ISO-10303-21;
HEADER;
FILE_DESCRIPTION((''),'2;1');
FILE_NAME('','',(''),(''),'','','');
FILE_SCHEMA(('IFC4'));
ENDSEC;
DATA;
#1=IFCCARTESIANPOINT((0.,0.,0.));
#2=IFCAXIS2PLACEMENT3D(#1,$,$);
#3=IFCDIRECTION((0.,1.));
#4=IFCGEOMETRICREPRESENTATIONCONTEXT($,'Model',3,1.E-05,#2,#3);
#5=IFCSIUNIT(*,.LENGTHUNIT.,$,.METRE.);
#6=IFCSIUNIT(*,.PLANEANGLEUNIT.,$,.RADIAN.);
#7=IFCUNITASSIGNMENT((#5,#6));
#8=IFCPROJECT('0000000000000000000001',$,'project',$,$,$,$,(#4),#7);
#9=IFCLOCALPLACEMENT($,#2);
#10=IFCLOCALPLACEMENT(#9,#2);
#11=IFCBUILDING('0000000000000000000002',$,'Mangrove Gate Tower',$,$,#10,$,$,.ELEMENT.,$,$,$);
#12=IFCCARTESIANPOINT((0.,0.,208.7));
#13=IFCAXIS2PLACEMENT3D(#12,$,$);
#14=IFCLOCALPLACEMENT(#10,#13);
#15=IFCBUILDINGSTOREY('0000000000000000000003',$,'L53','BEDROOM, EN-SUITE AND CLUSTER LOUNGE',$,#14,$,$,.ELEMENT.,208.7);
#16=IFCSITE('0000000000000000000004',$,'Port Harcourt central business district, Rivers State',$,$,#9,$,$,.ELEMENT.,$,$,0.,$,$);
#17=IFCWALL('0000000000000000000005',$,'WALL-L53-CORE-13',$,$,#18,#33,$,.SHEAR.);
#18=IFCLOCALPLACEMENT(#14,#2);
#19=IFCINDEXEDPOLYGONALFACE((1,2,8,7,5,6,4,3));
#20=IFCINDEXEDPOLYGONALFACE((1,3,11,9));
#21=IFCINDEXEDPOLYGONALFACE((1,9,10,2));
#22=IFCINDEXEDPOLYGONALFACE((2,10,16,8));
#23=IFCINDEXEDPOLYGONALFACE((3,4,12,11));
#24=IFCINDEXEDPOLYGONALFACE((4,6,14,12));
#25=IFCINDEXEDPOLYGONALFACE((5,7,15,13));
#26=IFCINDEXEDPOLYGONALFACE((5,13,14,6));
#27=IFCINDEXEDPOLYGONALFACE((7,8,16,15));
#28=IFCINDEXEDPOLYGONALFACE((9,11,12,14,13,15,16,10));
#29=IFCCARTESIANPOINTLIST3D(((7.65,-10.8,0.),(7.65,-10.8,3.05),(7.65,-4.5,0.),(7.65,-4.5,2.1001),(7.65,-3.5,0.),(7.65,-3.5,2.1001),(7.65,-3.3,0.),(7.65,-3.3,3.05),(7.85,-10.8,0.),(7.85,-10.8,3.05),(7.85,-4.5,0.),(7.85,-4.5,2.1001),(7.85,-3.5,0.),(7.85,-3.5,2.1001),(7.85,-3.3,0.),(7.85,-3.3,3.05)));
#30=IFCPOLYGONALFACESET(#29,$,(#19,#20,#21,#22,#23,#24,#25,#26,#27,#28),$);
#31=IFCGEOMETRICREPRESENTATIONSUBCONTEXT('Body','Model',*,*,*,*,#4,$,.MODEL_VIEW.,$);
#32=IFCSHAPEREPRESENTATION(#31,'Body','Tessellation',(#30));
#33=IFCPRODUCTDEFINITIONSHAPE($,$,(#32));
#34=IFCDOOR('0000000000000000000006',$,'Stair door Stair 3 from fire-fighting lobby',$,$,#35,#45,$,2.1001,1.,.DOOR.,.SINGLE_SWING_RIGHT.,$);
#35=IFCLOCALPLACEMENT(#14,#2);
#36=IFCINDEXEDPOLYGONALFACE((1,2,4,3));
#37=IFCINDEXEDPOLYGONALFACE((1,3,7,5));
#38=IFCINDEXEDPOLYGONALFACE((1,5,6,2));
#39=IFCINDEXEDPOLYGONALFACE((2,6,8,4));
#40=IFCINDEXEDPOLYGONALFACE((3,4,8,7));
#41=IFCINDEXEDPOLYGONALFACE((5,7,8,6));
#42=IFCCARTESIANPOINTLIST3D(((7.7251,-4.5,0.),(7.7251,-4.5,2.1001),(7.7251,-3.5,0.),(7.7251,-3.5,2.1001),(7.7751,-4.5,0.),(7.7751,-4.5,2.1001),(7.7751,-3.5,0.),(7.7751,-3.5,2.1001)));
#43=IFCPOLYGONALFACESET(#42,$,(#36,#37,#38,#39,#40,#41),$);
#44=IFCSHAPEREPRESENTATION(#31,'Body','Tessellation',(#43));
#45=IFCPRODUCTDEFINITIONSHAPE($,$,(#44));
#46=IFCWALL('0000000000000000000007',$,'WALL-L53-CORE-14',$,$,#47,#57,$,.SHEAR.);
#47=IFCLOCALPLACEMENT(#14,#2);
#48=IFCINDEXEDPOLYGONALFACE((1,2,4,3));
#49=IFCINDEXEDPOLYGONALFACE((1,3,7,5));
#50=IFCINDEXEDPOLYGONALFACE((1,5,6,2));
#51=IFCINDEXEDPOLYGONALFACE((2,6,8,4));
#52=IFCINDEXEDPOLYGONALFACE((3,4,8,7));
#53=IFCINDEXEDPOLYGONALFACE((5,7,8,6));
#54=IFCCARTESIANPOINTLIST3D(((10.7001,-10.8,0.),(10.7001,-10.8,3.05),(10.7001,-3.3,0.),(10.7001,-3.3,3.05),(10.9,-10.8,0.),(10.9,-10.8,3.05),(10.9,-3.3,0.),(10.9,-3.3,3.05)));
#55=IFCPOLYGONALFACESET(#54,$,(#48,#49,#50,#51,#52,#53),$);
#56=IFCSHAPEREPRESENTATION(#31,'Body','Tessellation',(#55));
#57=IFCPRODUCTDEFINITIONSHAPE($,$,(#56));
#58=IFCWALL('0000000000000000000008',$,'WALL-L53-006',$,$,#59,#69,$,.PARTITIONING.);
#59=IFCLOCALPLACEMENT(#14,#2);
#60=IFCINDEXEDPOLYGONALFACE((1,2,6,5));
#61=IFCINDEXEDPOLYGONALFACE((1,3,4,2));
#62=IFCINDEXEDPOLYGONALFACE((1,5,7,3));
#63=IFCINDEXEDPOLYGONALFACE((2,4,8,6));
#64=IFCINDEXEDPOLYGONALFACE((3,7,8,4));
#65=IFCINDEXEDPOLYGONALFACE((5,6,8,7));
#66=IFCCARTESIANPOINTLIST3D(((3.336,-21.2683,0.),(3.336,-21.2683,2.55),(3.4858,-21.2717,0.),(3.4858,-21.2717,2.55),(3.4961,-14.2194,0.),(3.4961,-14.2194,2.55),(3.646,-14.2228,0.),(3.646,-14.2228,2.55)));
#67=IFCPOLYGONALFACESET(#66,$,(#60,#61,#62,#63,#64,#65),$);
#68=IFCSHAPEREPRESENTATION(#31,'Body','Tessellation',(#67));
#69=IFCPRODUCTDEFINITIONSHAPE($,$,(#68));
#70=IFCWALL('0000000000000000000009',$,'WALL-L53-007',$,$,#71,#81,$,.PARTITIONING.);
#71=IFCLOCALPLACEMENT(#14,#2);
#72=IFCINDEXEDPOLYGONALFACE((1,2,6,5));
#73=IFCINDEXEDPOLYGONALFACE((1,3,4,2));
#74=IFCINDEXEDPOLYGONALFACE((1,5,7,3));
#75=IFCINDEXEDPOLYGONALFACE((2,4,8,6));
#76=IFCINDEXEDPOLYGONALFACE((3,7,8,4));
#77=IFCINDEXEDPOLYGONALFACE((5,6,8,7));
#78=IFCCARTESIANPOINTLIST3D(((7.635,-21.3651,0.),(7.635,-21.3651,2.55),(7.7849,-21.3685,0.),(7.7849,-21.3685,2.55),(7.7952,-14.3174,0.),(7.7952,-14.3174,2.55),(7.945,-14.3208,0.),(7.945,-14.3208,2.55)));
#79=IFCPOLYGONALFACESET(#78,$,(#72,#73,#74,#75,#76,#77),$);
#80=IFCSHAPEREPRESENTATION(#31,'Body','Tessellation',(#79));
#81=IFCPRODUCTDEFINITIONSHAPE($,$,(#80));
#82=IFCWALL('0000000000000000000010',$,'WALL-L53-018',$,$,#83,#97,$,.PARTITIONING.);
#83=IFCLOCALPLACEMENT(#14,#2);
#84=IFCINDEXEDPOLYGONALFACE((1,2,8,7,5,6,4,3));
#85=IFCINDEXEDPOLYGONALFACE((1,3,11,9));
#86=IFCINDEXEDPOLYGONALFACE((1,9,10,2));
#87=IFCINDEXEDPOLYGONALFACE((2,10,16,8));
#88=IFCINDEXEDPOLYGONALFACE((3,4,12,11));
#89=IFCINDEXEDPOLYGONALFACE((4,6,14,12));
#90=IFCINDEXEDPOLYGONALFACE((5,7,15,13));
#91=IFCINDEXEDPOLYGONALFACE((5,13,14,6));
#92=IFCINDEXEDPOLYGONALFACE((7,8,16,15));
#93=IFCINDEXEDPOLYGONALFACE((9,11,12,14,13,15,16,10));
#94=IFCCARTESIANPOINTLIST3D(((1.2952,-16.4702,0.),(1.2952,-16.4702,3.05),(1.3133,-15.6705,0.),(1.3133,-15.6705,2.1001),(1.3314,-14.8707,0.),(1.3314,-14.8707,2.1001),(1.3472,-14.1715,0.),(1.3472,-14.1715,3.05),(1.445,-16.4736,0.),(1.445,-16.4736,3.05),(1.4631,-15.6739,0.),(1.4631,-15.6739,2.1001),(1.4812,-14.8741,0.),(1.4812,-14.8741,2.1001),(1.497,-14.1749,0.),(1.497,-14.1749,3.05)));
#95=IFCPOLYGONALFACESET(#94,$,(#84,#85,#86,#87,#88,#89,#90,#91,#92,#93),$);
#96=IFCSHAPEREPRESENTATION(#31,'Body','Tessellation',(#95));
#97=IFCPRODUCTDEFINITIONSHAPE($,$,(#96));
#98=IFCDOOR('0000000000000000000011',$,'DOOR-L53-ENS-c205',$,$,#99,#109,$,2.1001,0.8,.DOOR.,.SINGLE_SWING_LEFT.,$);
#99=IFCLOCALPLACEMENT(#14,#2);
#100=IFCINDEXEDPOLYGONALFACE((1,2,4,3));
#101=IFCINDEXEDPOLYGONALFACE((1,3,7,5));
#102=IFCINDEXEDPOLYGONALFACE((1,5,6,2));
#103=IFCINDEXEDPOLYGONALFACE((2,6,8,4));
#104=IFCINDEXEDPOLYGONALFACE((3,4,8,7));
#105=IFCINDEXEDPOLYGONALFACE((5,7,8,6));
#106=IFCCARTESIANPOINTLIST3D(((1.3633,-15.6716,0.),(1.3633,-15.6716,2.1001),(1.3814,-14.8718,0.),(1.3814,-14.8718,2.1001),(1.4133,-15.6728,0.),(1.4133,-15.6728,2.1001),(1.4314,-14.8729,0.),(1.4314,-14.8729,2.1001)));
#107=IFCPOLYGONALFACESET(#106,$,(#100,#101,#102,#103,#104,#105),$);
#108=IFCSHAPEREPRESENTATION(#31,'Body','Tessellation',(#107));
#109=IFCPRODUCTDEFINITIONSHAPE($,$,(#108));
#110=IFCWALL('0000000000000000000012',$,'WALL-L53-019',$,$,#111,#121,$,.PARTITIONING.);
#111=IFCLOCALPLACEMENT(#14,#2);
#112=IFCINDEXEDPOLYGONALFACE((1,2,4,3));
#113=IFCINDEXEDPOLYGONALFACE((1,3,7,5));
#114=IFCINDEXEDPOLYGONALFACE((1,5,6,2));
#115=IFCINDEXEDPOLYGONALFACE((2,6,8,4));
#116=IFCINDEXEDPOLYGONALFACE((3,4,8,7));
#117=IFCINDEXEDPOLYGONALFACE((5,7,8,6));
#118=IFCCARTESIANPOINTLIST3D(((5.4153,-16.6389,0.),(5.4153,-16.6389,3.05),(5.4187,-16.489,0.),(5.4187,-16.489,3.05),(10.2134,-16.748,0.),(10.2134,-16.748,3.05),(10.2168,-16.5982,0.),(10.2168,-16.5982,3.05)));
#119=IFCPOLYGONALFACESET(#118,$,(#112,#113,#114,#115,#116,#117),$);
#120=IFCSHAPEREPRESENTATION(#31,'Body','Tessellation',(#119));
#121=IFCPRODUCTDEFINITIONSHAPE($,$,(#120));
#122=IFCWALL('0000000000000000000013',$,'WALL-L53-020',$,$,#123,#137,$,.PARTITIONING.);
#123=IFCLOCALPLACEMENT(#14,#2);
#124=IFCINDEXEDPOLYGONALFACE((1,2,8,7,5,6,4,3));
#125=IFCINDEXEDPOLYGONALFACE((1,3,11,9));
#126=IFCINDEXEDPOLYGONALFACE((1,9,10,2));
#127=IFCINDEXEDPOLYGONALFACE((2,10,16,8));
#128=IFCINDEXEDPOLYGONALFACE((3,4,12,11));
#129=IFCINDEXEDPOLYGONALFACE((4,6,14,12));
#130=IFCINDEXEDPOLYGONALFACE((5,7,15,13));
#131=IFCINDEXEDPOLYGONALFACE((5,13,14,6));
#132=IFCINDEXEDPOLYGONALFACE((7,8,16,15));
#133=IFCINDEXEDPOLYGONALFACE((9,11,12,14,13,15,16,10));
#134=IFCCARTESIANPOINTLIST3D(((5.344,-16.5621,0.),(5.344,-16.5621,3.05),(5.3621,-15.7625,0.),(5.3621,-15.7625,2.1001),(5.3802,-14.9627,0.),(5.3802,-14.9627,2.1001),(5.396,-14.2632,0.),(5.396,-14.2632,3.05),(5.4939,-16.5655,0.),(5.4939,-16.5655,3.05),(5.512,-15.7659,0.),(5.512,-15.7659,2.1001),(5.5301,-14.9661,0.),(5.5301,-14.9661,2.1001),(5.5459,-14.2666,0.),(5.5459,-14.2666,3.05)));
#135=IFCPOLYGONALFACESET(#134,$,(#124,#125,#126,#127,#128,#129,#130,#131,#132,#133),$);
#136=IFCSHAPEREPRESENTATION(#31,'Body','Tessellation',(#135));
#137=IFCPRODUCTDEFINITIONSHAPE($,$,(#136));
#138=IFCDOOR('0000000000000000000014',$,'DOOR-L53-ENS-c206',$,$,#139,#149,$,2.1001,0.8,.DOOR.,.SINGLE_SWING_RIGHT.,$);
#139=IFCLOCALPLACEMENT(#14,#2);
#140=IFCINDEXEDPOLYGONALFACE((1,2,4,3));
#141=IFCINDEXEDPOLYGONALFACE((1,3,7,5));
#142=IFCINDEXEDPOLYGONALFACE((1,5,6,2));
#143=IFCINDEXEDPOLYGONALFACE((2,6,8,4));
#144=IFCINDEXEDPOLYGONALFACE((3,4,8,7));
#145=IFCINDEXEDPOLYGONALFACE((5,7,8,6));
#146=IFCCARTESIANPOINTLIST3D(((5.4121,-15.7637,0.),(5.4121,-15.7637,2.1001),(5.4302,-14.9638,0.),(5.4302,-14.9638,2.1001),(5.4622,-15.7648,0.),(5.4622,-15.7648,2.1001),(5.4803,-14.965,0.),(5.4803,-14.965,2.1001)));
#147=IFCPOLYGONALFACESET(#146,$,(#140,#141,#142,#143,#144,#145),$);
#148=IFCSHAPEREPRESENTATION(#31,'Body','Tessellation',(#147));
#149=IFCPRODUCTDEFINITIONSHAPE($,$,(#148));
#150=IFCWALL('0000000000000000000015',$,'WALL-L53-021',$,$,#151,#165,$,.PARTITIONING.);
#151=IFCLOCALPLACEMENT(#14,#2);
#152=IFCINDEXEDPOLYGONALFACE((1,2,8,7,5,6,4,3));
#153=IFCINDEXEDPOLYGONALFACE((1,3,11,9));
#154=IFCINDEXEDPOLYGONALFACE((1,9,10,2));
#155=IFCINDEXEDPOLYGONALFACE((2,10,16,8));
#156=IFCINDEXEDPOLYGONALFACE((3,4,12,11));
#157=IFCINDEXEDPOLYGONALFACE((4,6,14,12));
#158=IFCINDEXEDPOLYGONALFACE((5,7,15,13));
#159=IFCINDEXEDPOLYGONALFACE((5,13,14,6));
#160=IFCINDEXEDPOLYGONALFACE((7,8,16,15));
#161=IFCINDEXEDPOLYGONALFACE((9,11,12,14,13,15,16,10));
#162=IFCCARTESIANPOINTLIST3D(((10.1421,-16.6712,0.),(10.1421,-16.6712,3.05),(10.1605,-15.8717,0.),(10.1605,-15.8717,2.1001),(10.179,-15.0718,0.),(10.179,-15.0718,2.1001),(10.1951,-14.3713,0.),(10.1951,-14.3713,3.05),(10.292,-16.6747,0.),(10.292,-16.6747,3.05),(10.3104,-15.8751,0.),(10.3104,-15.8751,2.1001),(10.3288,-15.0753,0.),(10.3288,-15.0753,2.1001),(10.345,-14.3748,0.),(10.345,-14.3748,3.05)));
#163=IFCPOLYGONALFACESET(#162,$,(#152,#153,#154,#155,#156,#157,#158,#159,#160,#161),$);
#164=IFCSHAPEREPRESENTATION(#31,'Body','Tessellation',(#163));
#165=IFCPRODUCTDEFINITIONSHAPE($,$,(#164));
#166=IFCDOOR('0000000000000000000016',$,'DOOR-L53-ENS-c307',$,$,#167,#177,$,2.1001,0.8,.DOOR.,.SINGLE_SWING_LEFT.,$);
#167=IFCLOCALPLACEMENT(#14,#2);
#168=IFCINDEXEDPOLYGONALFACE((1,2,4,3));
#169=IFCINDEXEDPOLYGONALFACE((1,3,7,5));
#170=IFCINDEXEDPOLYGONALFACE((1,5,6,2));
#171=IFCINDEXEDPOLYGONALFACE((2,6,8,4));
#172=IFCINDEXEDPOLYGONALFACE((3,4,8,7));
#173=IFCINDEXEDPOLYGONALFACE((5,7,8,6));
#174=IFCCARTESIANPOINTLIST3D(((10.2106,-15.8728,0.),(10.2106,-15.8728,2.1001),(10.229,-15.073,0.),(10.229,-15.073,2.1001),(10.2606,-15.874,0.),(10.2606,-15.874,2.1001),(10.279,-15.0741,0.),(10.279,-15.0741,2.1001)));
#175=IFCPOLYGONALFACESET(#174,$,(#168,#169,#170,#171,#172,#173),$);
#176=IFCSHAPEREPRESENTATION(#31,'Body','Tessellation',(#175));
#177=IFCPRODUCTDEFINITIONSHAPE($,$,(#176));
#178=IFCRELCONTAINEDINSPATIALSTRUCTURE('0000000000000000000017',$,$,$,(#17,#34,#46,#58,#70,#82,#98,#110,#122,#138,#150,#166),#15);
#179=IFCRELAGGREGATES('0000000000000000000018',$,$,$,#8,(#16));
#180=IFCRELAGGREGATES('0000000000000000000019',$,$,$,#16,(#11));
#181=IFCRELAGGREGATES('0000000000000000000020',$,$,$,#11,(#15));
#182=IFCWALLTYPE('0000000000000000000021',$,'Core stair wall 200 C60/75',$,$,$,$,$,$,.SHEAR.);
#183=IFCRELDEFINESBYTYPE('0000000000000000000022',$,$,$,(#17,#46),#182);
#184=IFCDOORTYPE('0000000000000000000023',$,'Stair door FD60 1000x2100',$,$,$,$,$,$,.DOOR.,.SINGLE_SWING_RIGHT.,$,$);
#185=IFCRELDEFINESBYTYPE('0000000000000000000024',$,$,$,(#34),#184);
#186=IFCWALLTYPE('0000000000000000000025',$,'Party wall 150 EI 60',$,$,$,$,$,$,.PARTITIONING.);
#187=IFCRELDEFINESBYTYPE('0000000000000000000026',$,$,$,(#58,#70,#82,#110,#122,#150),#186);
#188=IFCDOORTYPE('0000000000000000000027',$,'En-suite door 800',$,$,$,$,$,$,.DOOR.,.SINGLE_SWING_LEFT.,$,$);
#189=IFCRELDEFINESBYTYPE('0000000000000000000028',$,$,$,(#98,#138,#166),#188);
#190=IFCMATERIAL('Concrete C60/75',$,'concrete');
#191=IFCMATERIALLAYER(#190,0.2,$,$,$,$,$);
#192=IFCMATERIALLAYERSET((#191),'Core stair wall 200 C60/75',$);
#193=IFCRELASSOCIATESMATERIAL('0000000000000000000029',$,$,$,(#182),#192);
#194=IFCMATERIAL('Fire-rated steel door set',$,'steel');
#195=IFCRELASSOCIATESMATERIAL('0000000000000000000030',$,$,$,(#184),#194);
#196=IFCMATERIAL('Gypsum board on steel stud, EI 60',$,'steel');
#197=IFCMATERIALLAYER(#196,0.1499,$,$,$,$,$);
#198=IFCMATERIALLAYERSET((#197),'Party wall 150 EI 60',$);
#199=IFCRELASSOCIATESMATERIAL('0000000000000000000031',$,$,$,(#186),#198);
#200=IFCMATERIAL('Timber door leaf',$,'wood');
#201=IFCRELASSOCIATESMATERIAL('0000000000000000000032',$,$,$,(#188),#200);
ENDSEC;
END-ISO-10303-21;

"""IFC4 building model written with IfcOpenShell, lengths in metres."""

from ifc_helpers import new_model, si_unit, direction, frame, frame_2d, origin, place, context, subcontext, project, spatial, rectangle, extrude, material, layer, layer_set, type_object, element, fill, save


model = new_model("IFC4")

# Units and contexts
model_context = context("Model", 3, precision=1e-05, world=origin(), true_north=direction((0.0, 1.0)))
body_context = subcontext(model_context, "Body", "Model", "MODEL_VIEW")
ifc_project = project(units=[si_unit("LENGTHUNIT", "METRE"), si_unit("PLANEANGLEUNIT", "RADIAN")], contexts=[model_context])

# Site, building, storey
site_placement = place(None, origin())
site = spatial("IfcSite", under=ifc_project, at=site_placement, Name="Port Harcourt central business district, Rivers State", CompositionType="ELEMENT", RefElevation=0.0)
building_placement = place(site_placement, origin())
building = spatial("IfcBuilding", under=site, at=building_placement, Name="Mangrove Gate Tower", CompositionType="ELEMENT")
storey_placement = place(building_placement, frame((0.0, 0.0, 208.7)))
storey = spatial("IfcBuildingStorey", under=building, at=storey_placement, Name="L53", Description="BEDROOM, EN-SUITE AND CLUSTER LOUNGE", CompositionType="ELEMENT", Elevation=208.7)

# Wall, opening, door
ifc_material_1 = material(Name="Concrete C60/75", Category="concrete")
ifc_layer_1 = layer(ifc_material_1, 0.2)
ifc_layer_set_1 = layer_set([ifc_layer_1], Name="Core stair wall 200 C60/75")
wall_type_1 = type_object("IfcWallType", Name="Core stair wall 200 C60/75", PredefinedType="SHEAR", material=ifc_layer_set_1)
ifc_material_2 = material(Name="Fire-rated steel door set", Category="steel")
door_type_1 = type_object("IfcDoorType", Name="Stair door FD60 1000x2100", OperationType="SINGLE_SWING_RIGHT", PredefinedType="DOOR", material=ifc_material_2)
wall_1_placement = place(storey_placement, frame((7.75, -10.8, 0.0), z_axis=(0.0, 0.0, 1.0), x_axis=(0.0, 1.0, 0.0)))
wall_1 = element("IfcWall", 1, at=wall_1_placement, inside=storey, type_object=wall_type_1, Name="WALL-L53-CORE-13", PredefinedType="SHEAR", context=body_context, shape_type="SweptSolid", body=[
    extrude(rectangle(XDim=7.5, YDim=0.2, at=frame_2d((3.75, 0.0))), origin(), (0.0, 0.0, 1.0), 3.05),
])
opening_1_placement = place(wall_1_placement, frame((6.3, 0.0, 0.0)))
opening_1 = element("IfcOpeningElement", 2, at=opening_1_placement, cuts=wall_1, PredefinedType="OPENING", context=body_context, shape_type="SweptSolid", body=[
    extrude(rectangle(XDim=1.0, YDim=2.1001, at=frame_2d((0.5, 1.05))), frame((0.0, 0.1099, 0.0), z_axis=(0.0, -1.0, 0.0), x_axis=(1.0, 0.0, 0.0)), (0.0, 0.0, 1.0), 0.22),
])
door_1_placement = place(opening_1_placement, origin())
door_1 = element("IfcDoor", 3, at=door_1_placement, inside=storey, type_object=door_type_1, Name="Stair door Stair 3 from fire-fighting lobby", OperationType="SINGLE_SWING_RIGHT", OverallHeight=2.1001, OverallWidth=1.0, PredefinedType="DOOR", context=body_context, shape_type="SweptSolid", body=[
    extrude(rectangle(XDim=1.0, YDim=2.1001, at=frame_2d((0.5, 1.05))), frame((0.0, 0.0249, 0.0), z_axis=(0.0, -1.0, 0.0), x_axis=(1.0, 0.0, 0.0)), (0.0, 0.0, 1.0), 0.05),
])
fill(opening_1, door_1)

# Walls
wall_2_placement = place(storey_placement, frame((10.8, -10.8, 0.0), z_axis=(0.0, 0.0, 1.0), x_axis=(0.0, 1.0, 0.0)))
element("IfcWall", 4, at=wall_2_placement, inside=storey, type_object=wall_type_1, Name="WALL-L53-CORE-14", PredefinedType="SHEAR", context=body_context, shape_type="SweptSolid", body=[
    extrude(rectangle(XDim=7.5, YDim=0.2, at=frame_2d((3.75, 0.0))), origin(), (0.0, 0.0, 1.0), 3.05),
])
ifc_material_3 = material(Name="Gypsum board on steel stud, EI 60", Category="steel")
ifc_layer_2 = layer(ifc_material_3, 0.1499)
ifc_layer_set_2 = layer_set([ifc_layer_2], Name="Party wall 150 EI 60")
wall_type_2 = type_object("IfcWallType", Name="Party wall 150 EI 60", PredefinedType="PARTITIONING", material=ifc_layer_set_2)
wall_3_placement = place(storey_placement, frame((3.4109, -21.27, 0.0), z_axis=(0.0, 0.0, 1.0), x_axis=(0.022714, 0.999742, 0.0)))
element("IfcWall", 5, at=wall_3_placement, inside=storey, type_object=wall_type_2, Name="WALL-L53-006", PredefinedType="PARTITIONING", context=body_context, shape_type="SweptSolid", body=[
    extrude(rectangle(XDim=7.0508, YDim=0.1499, at=frame_2d((3.5254, 0.0))), origin(), (0.0, 0.0, 1.0), 2.55),
])
wall_4_placement = place(storey_placement, frame((7.71, -21.3669, 0.0), z_axis=(0.0, 0.0, 1.0), x_axis=(0.022718, 0.999742, 0.0)))
element("IfcWall", 6, at=wall_4_placement, inside=storey, type_object=wall_type_2, Name="WALL-L53-007", PredefinedType="PARTITIONING", context=body_context, shape_type="SweptSolid", body=[
    extrude(rectangle(XDim=7.0496, YDim=0.1499, at=frame_2d((3.5249, 0.0))), origin(), (0.0, 0.0, 1.0), 2.55),
])

# Wall, opening, door
wall_5_placement = place(storey_placement, frame((1.3701, -16.4719, 0.0), z_axis=(0.0, 0.0, 1.0), x_axis=(0.022615, 0.999744, 0.0)))
wall_5 = element("IfcWall", 7, at=wall_5_placement, inside=storey, type_object=wall_type_2, Name="WALL-L53-018", PredefinedType="PARTITIONING", context=body_context, shape_type="SweptSolid", body=[
    extrude(rectangle(XDim=2.2993, YDim=0.1499, at=frame_2d((1.1497, 0.0))), origin(), (0.0, 0.0, 1.0), 3.05),
])
opening_2_placement = place(wall_5_placement, frame((0.8, 0.0, 0.0)))
opening_2 = element("IfcOpeningElement", 8, at=opening_2_placement, cuts=wall_5, PredefinedType="OPENING", context=body_context, shape_type="SweptSolid", body=[
    extrude(rectangle(XDim=0.8, YDim=2.1001, at=frame_2d((0.3999, 1.05))), frame((0.0, 0.085, 0.0), z_axis=(0.0, -1.0, 0.0), x_axis=(1.0, 0.0, 0.0)), (0.0, 0.0, 1.0), 0.1699),
])
ifc_material_4 = material(Name="Timber door leaf", Category="wood")
door_type_2 = type_object("IfcDoorType", Name="En-suite door 800", OperationType="SINGLE_SWING_LEFT", PredefinedType="DOOR", material=ifc_material_4)
door_2_placement = place(opening_2_placement, origin())
door_2 = element("IfcDoor", 9, at=door_2_placement, inside=storey, type_object=door_type_2, Name="DOOR-L53-ENS-c205", OperationType="SINGLE_SWING_LEFT", OverallHeight=2.1001, OverallWidth=0.8, PredefinedType="DOOR", context=body_context, shape_type="SweptSolid", body=[
    extrude(rectangle(XDim=0.8, YDim=2.1001, at=frame_2d((0.3999, 1.05))), frame((0.0, 0.0249, 0.0), z_axis=(0.0, -1.0, 0.0), x_axis=(1.0, 0.0, 0.0)), (0.0, 0.0, 1.0), 0.05),
])
fill(opening_2, door_2)

# Wall
wall_6_placement = place(storey_placement, frame((5.417, -16.564, 0.0), z_axis=(0.0, 0.0, 1.0), x_axis=(0.999741, -0.022739, 0.0)))
element("IfcWall", 10, at=wall_6_placement, inside=storey, type_object=wall_type_2, Name="WALL-L53-019", PredefinedType="PARTITIONING", context=body_context, shape_type="SweptSolid", body=[
    extrude(rectangle(XDim=4.7993, YDim=0.1499, at=frame_2d((2.3997, 0.0))), origin(), (0.0, 0.0, 1.0), 3.05),
])

# Walls, openings, doors
wall_7_placement = place(storey_placement, frame((5.4189, -16.564, 0.0), z_axis=(0.0, 0.0, 1.0), x_axis=(0.022613, 0.999744, 0.0)))
wall_7 = element("IfcWall", 11, at=wall_7_placement, inside=storey, type_object=wall_type_2, Name="WALL-L53-020", PredefinedType="PARTITIONING", context=body_context, shape_type="SweptSolid", body=[
    extrude(rectangle(XDim=2.2996, YDim=0.1499, at=frame_2d((1.1499, 0.0))), origin(), (0.0, 0.0, 1.0), 3.05),
])
opening_3_placement = place(wall_7_placement, frame((0.8, 0.0, 0.0)))
opening_3 = element("IfcOpeningElement", 12, at=opening_3_placement, cuts=wall_7, PredefinedType="OPENING", context=body_context, shape_type="SweptSolid", body=[
    extrude(rectangle(XDim=0.8, YDim=2.1001, at=frame_2d((0.3999, 1.05))), frame((0.0, 0.085, 0.0), z_axis=(0.0, -1.0, 0.0), x_axis=(1.0, 0.0, 0.0)), (0.0, 0.0, 1.0), 0.1699),
])
door_3_placement = place(opening_3_placement, origin())
door_3 = element("IfcDoor", 13, at=door_3_placement, inside=storey, type_object=door_type_2, Name="DOOR-L53-ENS-c206", OperationType="SINGLE_SWING_RIGHT", OverallHeight=2.1001, OverallWidth=0.8, PredefinedType="DOOR", context=body_context, shape_type="SweptSolid", body=[
    extrude(rectangle(XDim=0.8, YDim=2.1001, at=frame_2d((0.3999, 1.05))), frame((0.0, 0.0249, 0.0), z_axis=(0.0, -1.0, 0.0), x_axis=(1.0, 0.0, 0.0)), (0.0, 0.0, 1.0), 0.05),
])
fill(opening_3, door_3)
wall_8_placement = place(storey_placement, frame((10.217, -16.6731, 0.0), z_axis=(0.0, 0.0, 1.0), x_axis=(0.023028, 0.999735, 0.0)))
wall_8 = element("IfcWall", 14, at=wall_8_placement, inside=storey, type_object=wall_type_2, Name="WALL-L53-021", PredefinedType="PARTITIONING", context=body_context, shape_type="SweptSolid", body=[
    extrude(rectangle(XDim=2.3005, YDim=0.1499, at=frame_2d((1.1504, 0.0))), origin(), (0.0, 0.0, 1.0), 3.05),
])
opening_4_placement = place(wall_8_placement, frame((0.8, 0.0, 0.0)))
opening_4 = element("IfcOpeningElement", 15, at=opening_4_placement, cuts=wall_8, PredefinedType="OPENING", context=body_context, shape_type="SweptSolid", body=[
    extrude(rectangle(XDim=0.8, YDim=2.1001, at=frame_2d((0.3999, 1.05))), frame((0.0, 0.085, 0.0), z_axis=(0.0, -1.0, 0.0), x_axis=(1.0, 0.0, 0.0)), (0.0, 0.0, 1.0), 0.1699),
])
door_4_placement = place(opening_4_placement, origin())
door_4 = element("IfcDoor", 16, at=door_4_placement, inside=storey, type_object=door_type_2, Name="DOOR-L53-ENS-c307", OperationType="SINGLE_SWING_LEFT", OverallHeight=2.1001, OverallWidth=0.8, PredefinedType="DOOR", context=body_context, shape_type="SweptSolid", body=[
    extrude(rectangle(XDim=0.8, YDim=2.1001, at=frame_2d((0.3999, 1.05))), frame((0.0, 0.0249, 0.0), z_axis=(0.0, -1.0, 0.0), x_axis=(1.0, 0.0, 0.0)), (0.0, 0.0, 1.0), 0.05),
])
fill(opening_4, door_4)

save(model, "model.ifc")
